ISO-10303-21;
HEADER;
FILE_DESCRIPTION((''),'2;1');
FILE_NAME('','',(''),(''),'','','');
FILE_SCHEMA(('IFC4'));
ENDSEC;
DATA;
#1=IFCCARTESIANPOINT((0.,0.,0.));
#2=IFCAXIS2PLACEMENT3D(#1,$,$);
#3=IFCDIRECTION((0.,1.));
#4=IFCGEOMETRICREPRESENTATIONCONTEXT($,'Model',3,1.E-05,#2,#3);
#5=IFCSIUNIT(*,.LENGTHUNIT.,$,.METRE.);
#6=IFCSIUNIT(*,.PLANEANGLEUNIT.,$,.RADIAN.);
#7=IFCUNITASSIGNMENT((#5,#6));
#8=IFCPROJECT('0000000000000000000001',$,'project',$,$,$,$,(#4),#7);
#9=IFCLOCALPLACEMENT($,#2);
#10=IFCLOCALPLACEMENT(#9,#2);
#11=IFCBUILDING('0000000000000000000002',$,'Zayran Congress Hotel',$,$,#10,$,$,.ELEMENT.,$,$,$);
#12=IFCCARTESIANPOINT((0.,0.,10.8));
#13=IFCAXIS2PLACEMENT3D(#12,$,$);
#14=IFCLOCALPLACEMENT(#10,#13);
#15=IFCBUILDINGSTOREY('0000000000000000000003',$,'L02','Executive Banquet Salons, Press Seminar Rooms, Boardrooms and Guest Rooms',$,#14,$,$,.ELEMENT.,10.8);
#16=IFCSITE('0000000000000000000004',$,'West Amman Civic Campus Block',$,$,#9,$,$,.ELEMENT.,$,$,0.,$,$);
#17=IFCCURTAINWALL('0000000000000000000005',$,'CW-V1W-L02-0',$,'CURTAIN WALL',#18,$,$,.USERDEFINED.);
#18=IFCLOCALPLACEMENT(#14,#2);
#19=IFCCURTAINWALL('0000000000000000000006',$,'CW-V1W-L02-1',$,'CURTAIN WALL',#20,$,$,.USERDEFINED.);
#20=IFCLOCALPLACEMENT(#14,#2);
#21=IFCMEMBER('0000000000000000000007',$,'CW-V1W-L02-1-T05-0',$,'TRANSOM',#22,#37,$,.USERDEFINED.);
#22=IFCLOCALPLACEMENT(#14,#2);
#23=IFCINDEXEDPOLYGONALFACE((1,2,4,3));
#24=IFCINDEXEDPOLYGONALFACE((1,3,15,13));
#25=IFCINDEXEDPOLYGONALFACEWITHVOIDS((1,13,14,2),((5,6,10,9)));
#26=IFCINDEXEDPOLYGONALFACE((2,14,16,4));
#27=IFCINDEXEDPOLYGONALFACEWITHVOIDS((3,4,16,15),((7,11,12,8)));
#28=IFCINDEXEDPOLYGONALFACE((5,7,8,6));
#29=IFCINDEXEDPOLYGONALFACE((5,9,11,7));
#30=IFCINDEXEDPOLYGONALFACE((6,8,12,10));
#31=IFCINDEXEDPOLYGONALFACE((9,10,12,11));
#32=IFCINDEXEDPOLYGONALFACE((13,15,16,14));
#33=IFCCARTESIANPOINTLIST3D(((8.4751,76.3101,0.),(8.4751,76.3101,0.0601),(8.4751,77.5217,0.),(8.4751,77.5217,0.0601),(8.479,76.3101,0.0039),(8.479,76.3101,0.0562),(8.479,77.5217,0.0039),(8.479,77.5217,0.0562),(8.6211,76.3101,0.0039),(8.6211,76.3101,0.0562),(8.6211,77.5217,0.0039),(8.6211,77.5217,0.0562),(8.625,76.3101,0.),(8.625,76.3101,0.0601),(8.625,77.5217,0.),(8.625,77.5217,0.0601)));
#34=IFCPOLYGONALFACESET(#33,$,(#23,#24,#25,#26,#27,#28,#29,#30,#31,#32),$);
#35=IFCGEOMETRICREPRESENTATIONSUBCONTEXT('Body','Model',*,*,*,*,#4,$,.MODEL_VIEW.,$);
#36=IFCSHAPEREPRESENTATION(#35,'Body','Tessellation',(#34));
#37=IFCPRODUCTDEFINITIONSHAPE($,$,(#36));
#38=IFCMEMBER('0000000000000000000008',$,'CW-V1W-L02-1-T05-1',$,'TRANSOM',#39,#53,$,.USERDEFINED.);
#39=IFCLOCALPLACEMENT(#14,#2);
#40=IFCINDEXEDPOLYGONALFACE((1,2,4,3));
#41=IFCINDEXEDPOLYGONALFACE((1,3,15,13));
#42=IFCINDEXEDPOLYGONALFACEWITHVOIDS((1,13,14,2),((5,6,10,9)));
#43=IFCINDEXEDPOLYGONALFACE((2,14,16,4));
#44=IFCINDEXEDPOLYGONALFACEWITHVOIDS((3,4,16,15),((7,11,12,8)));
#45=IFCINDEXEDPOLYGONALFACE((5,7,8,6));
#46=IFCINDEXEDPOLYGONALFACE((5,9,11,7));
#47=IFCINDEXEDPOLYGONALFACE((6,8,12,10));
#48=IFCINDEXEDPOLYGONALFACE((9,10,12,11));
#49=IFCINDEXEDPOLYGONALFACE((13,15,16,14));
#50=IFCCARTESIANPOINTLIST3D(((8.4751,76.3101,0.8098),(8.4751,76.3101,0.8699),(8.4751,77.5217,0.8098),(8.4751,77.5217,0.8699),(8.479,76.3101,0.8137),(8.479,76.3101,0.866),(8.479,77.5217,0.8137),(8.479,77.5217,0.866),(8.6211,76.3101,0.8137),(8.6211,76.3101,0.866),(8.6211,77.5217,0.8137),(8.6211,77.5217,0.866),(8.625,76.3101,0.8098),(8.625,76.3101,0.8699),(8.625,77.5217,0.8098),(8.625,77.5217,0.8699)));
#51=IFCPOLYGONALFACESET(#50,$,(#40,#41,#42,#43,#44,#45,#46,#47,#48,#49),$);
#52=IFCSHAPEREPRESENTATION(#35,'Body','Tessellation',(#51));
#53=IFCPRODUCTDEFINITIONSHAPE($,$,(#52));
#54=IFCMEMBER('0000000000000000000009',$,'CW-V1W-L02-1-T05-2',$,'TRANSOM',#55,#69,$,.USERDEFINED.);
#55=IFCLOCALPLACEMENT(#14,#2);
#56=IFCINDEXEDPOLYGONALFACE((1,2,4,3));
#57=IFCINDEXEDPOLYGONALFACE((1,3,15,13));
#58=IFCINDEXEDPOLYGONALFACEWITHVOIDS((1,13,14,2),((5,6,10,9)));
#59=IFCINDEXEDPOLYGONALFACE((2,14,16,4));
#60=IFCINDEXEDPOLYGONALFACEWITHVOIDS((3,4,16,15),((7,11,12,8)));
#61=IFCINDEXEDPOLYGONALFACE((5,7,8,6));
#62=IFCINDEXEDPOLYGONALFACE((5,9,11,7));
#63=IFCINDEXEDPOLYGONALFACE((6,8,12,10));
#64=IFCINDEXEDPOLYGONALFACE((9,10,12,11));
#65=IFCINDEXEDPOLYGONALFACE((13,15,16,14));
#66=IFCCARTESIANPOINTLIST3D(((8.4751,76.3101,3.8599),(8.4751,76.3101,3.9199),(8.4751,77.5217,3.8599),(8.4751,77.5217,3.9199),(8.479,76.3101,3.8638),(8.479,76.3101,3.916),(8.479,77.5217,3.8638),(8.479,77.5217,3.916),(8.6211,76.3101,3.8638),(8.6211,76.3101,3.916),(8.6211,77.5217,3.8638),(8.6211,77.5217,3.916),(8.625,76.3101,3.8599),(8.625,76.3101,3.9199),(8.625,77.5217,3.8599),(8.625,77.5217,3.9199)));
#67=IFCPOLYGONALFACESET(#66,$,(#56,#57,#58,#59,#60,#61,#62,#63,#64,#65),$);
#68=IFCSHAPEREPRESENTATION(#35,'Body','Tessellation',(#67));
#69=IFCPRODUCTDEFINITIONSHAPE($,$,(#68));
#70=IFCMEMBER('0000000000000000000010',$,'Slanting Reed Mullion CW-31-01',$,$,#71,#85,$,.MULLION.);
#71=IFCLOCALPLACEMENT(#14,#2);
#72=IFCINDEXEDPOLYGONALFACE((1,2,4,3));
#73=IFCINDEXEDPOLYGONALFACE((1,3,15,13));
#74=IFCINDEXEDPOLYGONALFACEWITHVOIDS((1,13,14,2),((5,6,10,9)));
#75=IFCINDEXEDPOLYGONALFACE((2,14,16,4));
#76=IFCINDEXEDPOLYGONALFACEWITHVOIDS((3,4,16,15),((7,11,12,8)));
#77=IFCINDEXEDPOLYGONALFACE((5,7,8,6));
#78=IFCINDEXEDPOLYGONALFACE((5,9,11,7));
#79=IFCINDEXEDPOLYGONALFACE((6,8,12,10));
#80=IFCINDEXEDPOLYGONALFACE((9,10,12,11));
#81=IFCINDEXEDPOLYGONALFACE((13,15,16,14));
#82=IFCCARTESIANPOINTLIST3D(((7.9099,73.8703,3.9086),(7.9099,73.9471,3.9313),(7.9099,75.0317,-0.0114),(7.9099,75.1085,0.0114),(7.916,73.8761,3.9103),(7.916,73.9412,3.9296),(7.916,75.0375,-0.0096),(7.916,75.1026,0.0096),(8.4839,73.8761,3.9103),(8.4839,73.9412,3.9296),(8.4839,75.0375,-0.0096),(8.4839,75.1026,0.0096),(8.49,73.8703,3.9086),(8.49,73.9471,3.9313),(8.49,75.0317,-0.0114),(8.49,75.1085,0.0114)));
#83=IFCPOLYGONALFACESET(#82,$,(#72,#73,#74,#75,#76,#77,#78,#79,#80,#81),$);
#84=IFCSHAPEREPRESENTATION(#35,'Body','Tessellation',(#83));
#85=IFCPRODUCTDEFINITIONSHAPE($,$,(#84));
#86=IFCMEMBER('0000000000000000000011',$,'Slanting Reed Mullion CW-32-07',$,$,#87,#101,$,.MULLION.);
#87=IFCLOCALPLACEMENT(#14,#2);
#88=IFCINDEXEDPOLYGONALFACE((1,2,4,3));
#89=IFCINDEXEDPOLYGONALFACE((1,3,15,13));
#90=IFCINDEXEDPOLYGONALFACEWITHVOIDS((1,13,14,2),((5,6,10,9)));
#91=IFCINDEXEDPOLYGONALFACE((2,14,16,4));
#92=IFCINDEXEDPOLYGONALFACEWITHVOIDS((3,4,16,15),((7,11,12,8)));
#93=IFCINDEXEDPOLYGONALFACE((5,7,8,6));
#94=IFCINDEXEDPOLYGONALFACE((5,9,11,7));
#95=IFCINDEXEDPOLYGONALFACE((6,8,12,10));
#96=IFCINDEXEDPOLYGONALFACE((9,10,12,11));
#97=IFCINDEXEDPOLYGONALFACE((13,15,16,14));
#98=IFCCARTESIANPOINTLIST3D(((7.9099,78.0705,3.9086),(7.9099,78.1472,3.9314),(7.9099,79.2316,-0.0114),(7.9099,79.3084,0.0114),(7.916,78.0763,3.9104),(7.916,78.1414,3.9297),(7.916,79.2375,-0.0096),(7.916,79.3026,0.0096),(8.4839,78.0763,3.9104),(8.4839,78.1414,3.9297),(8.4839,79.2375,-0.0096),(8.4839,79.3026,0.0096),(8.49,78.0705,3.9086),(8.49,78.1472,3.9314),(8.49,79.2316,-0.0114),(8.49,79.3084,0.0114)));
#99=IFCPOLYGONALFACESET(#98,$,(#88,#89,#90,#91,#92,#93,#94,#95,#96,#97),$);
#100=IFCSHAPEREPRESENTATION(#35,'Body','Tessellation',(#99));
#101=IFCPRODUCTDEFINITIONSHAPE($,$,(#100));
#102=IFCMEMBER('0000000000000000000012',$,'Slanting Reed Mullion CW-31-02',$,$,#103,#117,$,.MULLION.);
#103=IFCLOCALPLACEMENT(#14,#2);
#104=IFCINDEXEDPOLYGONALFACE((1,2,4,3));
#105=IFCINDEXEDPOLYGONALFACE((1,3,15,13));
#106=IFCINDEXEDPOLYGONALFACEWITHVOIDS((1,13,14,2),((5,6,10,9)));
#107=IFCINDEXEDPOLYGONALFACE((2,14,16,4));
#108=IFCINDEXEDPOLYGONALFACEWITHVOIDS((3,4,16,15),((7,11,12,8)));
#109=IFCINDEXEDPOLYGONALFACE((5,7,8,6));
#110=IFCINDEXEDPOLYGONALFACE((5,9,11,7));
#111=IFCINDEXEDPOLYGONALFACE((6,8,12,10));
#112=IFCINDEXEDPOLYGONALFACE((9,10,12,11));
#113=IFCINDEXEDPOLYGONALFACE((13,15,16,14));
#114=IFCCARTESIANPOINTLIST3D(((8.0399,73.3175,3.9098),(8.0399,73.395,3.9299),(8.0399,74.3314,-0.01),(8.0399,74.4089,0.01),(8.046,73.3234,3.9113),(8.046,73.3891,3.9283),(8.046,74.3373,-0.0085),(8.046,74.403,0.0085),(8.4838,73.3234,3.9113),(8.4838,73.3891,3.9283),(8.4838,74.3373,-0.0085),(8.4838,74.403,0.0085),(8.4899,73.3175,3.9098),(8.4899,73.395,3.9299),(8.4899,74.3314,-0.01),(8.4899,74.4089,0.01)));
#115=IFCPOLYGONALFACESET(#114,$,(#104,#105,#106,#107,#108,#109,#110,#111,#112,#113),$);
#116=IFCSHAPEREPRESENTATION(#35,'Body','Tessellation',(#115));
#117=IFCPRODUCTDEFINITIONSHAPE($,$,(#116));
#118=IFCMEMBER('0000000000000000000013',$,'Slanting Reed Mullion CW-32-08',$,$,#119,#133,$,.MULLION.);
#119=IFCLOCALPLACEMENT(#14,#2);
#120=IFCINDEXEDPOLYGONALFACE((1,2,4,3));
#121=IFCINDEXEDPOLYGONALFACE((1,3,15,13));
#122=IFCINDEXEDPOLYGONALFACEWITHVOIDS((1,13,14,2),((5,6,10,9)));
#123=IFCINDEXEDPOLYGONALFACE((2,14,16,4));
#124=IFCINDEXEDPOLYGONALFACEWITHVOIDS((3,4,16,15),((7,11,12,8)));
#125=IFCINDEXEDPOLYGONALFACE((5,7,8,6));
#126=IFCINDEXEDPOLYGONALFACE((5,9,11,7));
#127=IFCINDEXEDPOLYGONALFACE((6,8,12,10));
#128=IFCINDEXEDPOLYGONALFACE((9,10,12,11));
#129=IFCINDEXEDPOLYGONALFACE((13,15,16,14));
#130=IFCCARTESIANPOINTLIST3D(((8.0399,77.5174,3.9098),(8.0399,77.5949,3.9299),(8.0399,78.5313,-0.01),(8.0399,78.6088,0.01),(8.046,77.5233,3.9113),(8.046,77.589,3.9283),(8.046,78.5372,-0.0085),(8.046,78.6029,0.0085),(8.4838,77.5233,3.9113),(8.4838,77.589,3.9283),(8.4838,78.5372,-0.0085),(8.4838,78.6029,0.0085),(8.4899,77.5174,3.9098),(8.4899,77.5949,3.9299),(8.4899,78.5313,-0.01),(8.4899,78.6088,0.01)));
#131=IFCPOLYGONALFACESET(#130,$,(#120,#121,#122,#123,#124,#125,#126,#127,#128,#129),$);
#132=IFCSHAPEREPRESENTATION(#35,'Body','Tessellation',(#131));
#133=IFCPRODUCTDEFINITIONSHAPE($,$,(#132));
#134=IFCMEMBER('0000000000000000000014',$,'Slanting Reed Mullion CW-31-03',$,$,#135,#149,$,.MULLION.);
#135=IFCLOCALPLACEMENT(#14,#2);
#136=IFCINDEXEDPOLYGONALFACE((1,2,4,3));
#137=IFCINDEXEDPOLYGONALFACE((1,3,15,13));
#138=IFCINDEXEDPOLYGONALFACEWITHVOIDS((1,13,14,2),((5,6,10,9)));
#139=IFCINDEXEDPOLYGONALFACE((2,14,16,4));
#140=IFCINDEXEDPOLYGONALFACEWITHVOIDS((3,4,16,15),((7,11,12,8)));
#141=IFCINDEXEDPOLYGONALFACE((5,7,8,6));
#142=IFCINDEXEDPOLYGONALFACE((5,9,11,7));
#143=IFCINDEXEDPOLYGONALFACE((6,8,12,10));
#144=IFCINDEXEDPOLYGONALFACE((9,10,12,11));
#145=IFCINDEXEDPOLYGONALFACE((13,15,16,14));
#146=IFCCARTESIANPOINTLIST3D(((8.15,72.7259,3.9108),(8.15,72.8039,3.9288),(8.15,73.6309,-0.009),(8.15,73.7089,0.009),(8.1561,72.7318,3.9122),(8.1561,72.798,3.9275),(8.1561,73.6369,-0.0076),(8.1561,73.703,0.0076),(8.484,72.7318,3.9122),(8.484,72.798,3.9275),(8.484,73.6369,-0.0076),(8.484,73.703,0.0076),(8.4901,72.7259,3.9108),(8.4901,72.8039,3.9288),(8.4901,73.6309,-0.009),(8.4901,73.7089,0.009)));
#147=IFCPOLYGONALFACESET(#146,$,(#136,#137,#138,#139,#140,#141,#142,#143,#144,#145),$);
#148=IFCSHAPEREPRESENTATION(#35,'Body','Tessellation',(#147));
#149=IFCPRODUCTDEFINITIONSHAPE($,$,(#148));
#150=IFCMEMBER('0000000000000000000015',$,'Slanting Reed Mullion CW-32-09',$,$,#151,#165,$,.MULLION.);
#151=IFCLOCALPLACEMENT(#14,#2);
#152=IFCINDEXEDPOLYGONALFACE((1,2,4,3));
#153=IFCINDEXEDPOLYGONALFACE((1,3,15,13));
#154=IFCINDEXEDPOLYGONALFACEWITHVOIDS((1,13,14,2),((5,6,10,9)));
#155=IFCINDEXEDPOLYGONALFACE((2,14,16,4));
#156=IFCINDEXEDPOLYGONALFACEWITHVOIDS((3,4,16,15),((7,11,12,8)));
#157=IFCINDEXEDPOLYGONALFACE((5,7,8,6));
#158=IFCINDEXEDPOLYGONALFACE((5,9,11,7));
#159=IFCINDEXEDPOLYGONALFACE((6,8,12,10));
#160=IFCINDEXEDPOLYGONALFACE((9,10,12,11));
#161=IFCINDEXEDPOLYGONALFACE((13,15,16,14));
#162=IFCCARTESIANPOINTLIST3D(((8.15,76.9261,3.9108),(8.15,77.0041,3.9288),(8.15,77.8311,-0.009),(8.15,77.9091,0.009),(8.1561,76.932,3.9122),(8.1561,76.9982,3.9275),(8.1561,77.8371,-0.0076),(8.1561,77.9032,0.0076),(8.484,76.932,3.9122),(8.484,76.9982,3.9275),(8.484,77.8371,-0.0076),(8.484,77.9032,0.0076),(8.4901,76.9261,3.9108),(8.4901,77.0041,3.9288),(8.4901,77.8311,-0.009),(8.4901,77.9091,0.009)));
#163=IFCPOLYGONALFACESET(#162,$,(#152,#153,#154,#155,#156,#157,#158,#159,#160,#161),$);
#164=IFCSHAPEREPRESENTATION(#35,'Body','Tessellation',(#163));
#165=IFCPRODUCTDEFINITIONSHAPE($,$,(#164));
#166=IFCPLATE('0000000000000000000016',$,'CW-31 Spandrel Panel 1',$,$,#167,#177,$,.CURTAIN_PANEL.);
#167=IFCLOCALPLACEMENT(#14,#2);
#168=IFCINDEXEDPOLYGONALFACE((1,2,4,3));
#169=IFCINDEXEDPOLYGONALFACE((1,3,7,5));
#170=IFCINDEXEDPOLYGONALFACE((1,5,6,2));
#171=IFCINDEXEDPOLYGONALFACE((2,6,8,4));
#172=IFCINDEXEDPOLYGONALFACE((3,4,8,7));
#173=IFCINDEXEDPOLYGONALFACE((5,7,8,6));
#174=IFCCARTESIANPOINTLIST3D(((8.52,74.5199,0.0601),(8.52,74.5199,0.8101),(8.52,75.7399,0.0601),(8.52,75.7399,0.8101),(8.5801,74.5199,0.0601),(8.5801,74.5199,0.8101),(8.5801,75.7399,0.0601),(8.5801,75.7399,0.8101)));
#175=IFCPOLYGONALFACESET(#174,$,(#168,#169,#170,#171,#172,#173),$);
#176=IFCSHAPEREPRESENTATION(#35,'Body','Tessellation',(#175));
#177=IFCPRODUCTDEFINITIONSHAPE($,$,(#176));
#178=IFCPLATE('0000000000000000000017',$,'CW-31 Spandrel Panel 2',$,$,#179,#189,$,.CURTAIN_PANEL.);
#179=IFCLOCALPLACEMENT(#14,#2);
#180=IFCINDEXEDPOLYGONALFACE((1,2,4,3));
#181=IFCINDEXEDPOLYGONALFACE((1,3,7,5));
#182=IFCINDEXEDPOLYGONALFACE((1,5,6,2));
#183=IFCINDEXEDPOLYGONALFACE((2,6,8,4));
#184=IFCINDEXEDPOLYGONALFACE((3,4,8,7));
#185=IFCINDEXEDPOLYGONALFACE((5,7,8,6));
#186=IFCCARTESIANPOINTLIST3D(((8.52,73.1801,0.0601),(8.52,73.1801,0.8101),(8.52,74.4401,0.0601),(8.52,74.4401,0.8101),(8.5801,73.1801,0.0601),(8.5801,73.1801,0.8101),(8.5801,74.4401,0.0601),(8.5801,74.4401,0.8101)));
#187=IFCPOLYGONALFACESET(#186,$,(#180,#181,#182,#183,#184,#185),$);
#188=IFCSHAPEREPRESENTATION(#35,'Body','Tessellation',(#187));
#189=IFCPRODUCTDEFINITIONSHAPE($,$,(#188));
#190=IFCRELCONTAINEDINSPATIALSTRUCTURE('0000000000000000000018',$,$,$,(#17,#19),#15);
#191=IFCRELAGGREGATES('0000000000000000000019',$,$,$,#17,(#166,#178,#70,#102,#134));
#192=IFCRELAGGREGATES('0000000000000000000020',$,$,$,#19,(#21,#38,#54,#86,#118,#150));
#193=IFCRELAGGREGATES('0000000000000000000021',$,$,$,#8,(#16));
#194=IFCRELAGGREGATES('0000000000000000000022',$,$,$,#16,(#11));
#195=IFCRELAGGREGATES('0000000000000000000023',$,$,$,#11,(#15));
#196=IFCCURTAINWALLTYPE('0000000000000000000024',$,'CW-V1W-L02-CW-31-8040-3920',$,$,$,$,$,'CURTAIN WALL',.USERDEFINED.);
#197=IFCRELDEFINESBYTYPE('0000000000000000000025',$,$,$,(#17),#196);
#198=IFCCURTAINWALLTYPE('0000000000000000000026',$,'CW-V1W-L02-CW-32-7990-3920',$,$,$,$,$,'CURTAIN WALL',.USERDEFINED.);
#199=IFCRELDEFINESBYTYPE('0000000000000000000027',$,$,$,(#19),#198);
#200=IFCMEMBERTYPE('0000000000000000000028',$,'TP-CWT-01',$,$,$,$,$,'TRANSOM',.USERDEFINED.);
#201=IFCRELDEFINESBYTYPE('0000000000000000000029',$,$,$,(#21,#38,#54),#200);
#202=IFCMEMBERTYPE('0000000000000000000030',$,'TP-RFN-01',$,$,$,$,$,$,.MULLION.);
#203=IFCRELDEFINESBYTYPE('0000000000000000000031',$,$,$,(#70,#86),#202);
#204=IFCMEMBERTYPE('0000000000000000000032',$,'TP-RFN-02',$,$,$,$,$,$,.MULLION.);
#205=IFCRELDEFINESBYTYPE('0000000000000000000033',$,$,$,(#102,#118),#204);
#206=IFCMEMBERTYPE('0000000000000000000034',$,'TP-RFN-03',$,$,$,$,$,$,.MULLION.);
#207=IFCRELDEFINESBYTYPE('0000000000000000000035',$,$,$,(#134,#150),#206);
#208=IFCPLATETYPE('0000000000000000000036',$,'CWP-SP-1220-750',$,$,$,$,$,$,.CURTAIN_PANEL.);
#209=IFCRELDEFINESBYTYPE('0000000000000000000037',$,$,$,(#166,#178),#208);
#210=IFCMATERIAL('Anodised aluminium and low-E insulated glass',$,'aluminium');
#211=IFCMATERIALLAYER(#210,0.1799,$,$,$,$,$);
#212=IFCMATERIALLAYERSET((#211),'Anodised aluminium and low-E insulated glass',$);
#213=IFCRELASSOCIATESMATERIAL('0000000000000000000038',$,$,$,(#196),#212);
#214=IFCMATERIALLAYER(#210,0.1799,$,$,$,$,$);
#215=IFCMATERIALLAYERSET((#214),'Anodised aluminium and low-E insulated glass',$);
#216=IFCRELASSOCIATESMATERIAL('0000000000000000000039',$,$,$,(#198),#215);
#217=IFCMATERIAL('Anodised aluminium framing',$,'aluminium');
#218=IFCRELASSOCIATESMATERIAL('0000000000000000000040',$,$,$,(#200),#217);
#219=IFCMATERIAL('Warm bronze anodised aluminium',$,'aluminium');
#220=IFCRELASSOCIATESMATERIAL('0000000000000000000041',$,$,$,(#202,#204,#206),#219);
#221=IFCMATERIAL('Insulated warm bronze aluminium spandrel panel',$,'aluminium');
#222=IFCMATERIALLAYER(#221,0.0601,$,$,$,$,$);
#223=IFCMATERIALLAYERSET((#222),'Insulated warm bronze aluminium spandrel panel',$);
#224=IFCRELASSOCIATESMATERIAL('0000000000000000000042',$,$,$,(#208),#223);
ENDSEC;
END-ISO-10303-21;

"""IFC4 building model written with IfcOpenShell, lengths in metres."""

from ifc_helpers import new_model, si_unit, direction, frame, origin, origin_2d, place, context, subcontext, project, spatial, rectangle, hollow_rectangle, extrude, material, layer, layer_set, material_profile, profile_set, type_object, element, aggregate, save


model = new_model("IFC4")

# Units and contexts
model_context = context("Model", 3, precision=1e-05, world=origin(), true_north=direction((0.0, 1.0)))
body_context = subcontext(model_context, "Body", "Model", "MODEL_VIEW")
ifc_project = project(units=[si_unit("LENGTHUNIT", "METRE"), si_unit("PLANEANGLEUNIT", "RADIAN")], contexts=[model_context])

# Site, building, storey
site_placement = place(None, origin())
site = spatial("IfcSite", under=ifc_project, at=site_placement, Name="West Amman Civic Campus Block", CompositionType="ELEMENT", RefElevation=0.0)
building_placement = place(site_placement, origin())
building = spatial("IfcBuilding", under=site, at=building_placement, Name="Zayran Congress Hotel", CompositionType="ELEMENT")
storey_placement = place(building_placement, frame((0.0, 0.0, 10.8)))
storey = spatial("IfcBuildingStorey", under=building, at=storey_placement, Name="L02", Description="Executive Banquet Salons, Press Seminar Rooms, Boardrooms and Guest Rooms", CompositionType="ELEMENT", Elevation=10.8)

# Curtain walls
ifc_material_1 = material(Name="Anodised aluminium and low-E insulated glass", Category="aluminium")
ifc_layer_1 = layer(ifc_material_1, 0.1799)
ifc_layer_set_1 = layer_set([ifc_layer_1], Name="Anodised aluminium and low-E insulated glass")
curtain_wall_type_1 = type_object("IfcCurtainWallType", Name="CW-V1W-L02-CW-31-8040-3920", ElementType="CURTAIN WALL", PredefinedType="USERDEFINED", material=ifc_layer_set_1)
curtain_wall_1_placement = place(storey_placement, origin())
curtain_wall_1 = element("IfcCurtainWall", 1, at=curtain_wall_1_placement, inside=storey, type_object=curtain_wall_type_1, Name="CW-V1W-L02-0", ObjectType="CURTAIN WALL", PredefinedType="USERDEFINED")
ifc_material_2 = material(Name="Anodised aluminium framing", Category="aluminium")
ifc_layer_2 = layer(ifc_material_1, 0.1799)
ifc_layer_set_2 = layer_set([ifc_layer_2], Name="Anodised aluminium and low-E insulated glass")
curtain_wall_type_2 = type_object("IfcCurtainWallType", Name="CW-V1W-L02-CW-32-7990-3920", ElementType="CURTAIN WALL", PredefinedType="USERDEFINED", material=ifc_layer_set_2)
curtain_wall_2_placement = place(storey_placement, origin())
curtain_wall_2 = element("IfcCurtainWall", 2, at=curtain_wall_2_placement, inside=storey, type_object=curtain_wall_type_2, Name="CW-V1W-L02-1", ObjectType="CURTAIN WALL", PredefinedType="USERDEFINED")

# Members
ifc_material_profile_1 = material_profile(ifc_material_2, hollow_rectangle(XDim=0.0601, YDim=0.1499, WallThickness=0.0039, at=origin_2d()), Name="RHS 150x60x4")
ifc_profile_set_1 = profile_set([ifc_material_profile_1], Name="Anodised aluminium framing")
member_type_1 = type_object("IfcMemberType", Name="TP-CWT-01", ElementType="TRANSOM", PredefinedType="USERDEFINED", material=ifc_profile_set_1)
member_1_placement = place(storey_placement, frame((8.55, 77.5217, 0.03), z_axis=(0.0, -1.0, 0.0), x_axis=(0.0, 0.0, 1.0)))
member_1 = element("IfcMember", 3, at=member_1_placement, type_object=member_type_1, Name="CW-V1W-L02-1-T05-0", ObjectType="TRANSOM", PredefinedType="USERDEFINED", context=body_context, shape_type="SweptSolid", body=[
    extrude(hollow_rectangle(XDim=0.0601, YDim=0.1499, WallThickness=0.0039, at=origin_2d()), origin(), (0.0, 0.0, 1.0), 1.2117),
])
member_2_placement = place(storey_placement, frame((8.55, 77.5217, 0.8398), z_axis=(0.0, -1.0, 0.0), x_axis=(0.0, 0.0, 1.0)))
member_2 = element("IfcMember", 4, at=member_2_placement, type_object=member_type_1, Name="CW-V1W-L02-1-T05-1", ObjectType="TRANSOM", PredefinedType="USERDEFINED", context=body_context, shape_type="SweptSolid", body=[
    extrude(hollow_rectangle(XDim=0.0601, YDim=0.1499, WallThickness=0.0039, at=origin_2d()), origin(), (0.0, 0.0, 1.0), 1.2117),
])
member_3_placement = place(storey_placement, frame((8.55, 77.5217, 3.8899), z_axis=(0.0, -1.0, 0.0), x_axis=(0.0, 0.0, 1.0)))
member_3 = element("IfcMember", 5, at=member_3_placement, type_object=member_type_1, Name="CW-V1W-L02-1-T05-2", ObjectType="TRANSOM", PredefinedType="USERDEFINED", context=body_context, shape_type="SweptSolid", body=[
    extrude(hollow_rectangle(XDim=0.0601, YDim=0.1499, WallThickness=0.0039, at=origin_2d()), origin(), (0.0, 0.0, 1.0), 1.2117),
])
ifc_material_3 = material(Name="Warm bronze anodised aluminium", Category="aluminium")
ifc_material_profile_2 = material_profile(ifc_material_3, hollow_rectangle(XDim=0.0801, YDim=0.5801, WallThickness=0.0061, at=origin_2d()), Name="RHS 580x80x6")
ifc_profile_set_2 = profile_set([ifc_material_profile_2], Name="Warm bronze anodised aluminium")
member_type_2 = type_object("IfcMemberType", Name="TP-RFN-01", PredefinedType="MULLION", material=ifc_profile_set_2)
member_4_placement = place(storey_placement, frame((8.2, 75.0701, 0.0), z_axis=(0.0, -0.28407, 0.958804), x_axis=(0.0, 0.958804, 0.28407)))
member_4 = element("IfcMember", 6, at=member_4_placement, type_object=member_type_2, Name="Slanting Reed Mullion CW-31-01", PredefinedType="MULLION", context=body_context, shape_type="SweptSolid", body=[
    extrude(hollow_rectangle(XDim=0.0801, YDim=0.5801, WallThickness=0.0061, at=origin_2d()), origin(), (0.0, 0.0, 1.0), 4.0884),
])
member_5_placement = place(storey_placement, frame((8.2, 79.27, 0.0), z_axis=(0.0, -0.284015, 0.95882), x_axis=(0.0, 0.95882, 0.284015)))
member_5 = element("IfcMember", 7, at=member_5_placement, type_object=member_type_2, Name="Slanting Reed Mullion CW-32-07", PredefinedType="MULLION", context=body_context, shape_type="SweptSolid", body=[
    extrude(hollow_rectangle(XDim=0.0801, YDim=0.5801, WallThickness=0.0061, at=origin_2d()), origin(), (0.0, 0.0, 1.0), 4.0884),
])
ifc_material_profile_3 = material_profile(ifc_material_3, hollow_rectangle(XDim=0.0801, YDim=0.45, WallThickness=0.0061, at=origin_2d()), Name="RHS 450x80x6")
ifc_profile_set_3 = profile_set([ifc_material_profile_3], Name="Warm bronze anodised aluminium")
member_type_3 = type_object("IfcMemberType", Name="TP-RFN-02", PredefinedType="MULLION", material=ifc_profile_set_3)
member_6_placement = place(storey_placement, frame((8.2649, 74.3701, 0.0), z_axis=(0.0, -0.250416, 0.968138), x_axis=(0.0, 0.968138, 0.250416)))
member_6 = element("IfcMember", 8, at=member_6_placement, type_object=member_type_3, Name="Slanting Reed Mullion CW-31-02", PredefinedType="MULLION", context=body_context, shape_type="SweptSolid", body=[
    extrude(hollow_rectangle(XDim=0.0801, YDim=0.45, WallThickness=0.0061, at=origin_2d()), origin(), (0.0, 0.0, 1.0), 4.0488),
])
member_7_placement = place(storey_placement, frame((8.2649, 78.5701, 0.0), z_axis=(0.0, -0.250416, 0.968138), x_axis=(0.0, 0.968138, 0.250416)))
member_7 = element("IfcMember", 9, at=member_7_placement, type_object=member_type_3, Name="Slanting Reed Mullion CW-32-08", PredefinedType="MULLION", context=body_context, shape_type="SweptSolid", body=[
    extrude(hollow_rectangle(XDim=0.0801, YDim=0.45, WallThickness=0.0061, at=origin_2d()), origin(), (0.0, 0.0, 1.0), 4.0488),
])
ifc_material_profile_4 = material_profile(ifc_material_3, hollow_rectangle(XDim=0.0801, YDim=0.3401, WallThickness=0.0061, at=origin_2d()), Name="RHS 340x80x6")
ifc_profile_set_4 = profile_set([ifc_material_profile_4], Name="Warm bronze anodised aluminium")
member_type_4 = type_object("IfcMemberType", Name="TP-RFN-03", PredefinedType="MULLION", material=ifc_profile_set_4)
member_8_placement = place(storey_placement, frame((8.3201, 73.6699, 0.0), z_axis=(0.0, -0.224961, 0.974368), x_axis=(0.0, 0.974368, 0.224961)))
member_8 = element("IfcMember", 10, at=member_8_placement, type_object=member_type_4, Name="Slanting Reed Mullion CW-31-03", PredefinedType="MULLION", context=body_context, shape_type="SweptSolid", body=[
    extrude(hollow_rectangle(XDim=0.0801, YDim=0.3401, WallThickness=0.0061, at=origin_2d()), origin(), (0.0, 0.0, 1.0), 4.0229),
])
member_9_placement = place(storey_placement, frame((8.3201, 77.8701, 0.0), z_axis=(0.0, -0.224961, 0.974368), x_axis=(0.0, 0.974368, 0.224961)))
member_9 = element("IfcMember", 11, at=member_9_placement, type_object=member_type_4, Name="Slanting Reed Mullion CW-32-09", PredefinedType="MULLION", context=body_context, shape_type="SweptSolid", body=[
    extrude(hollow_rectangle(XDim=0.0801, YDim=0.3401, WallThickness=0.0061, at=origin_2d()), origin(), (0.0, 0.0, 1.0), 4.0229),
])

# Plates
ifc_material_4 = material(Name="Insulated warm bronze aluminium spandrel panel", Category="aluminium")
ifc_layer_3 = layer(ifc_material_4, 0.0601)
ifc_layer_set_3 = layer_set([ifc_layer_3], Name="Insulated warm bronze aluminium spandrel panel")
plate_type_1 = type_object("IfcPlateType", Name="CWP-SP-1220-750", PredefinedType="CURTAIN_PANEL", material=ifc_layer_set_3)
plate_1_placement = place(storey_placement, frame((8.55, 75.1299, 0.0601), z_axis=(0.0, 0.0, 1.0), x_axis=(0.0, 1.0, 0.0)))
plate_1 = element("IfcPlate", 12, at=plate_1_placement, type_object=plate_type_1, Name="CW-31 Spandrel Panel 1", PredefinedType="CURTAIN_PANEL", context=body_context, shape_type="SweptSolid", body=[
    extrude(rectangle(XDim=1.22, YDim=0.0601, at=origin_2d()), origin(), (0.0, 0.0, 1.0), 0.75),
])
plate_2_placement = place(storey_placement, frame((8.55, 73.8101, 0.0601), z_axis=(0.0, 0.0, 1.0), x_axis=(0.0, 1.0, 0.0)))
plate_2 = element("IfcPlate", 13, at=plate_2_placement, type_object=plate_type_1, Name="CW-31 Spandrel Panel 2", PredefinedType="CURTAIN_PANEL", context=body_context, shape_type="SweptSolid", body=[
    extrude(rectangle(XDim=1.26, YDim=0.0601, at=origin_2d()), origin(), (0.0, 0.0, 1.0), 0.75),
])
aggregate(curtain_wall_1, [plate_1, plate_2, member_4, member_6, member_8])
aggregate(curtain_wall_2, [member_1, member_2, member_3, member_5, member_7, member_9])

save(model, "model.ifc")
